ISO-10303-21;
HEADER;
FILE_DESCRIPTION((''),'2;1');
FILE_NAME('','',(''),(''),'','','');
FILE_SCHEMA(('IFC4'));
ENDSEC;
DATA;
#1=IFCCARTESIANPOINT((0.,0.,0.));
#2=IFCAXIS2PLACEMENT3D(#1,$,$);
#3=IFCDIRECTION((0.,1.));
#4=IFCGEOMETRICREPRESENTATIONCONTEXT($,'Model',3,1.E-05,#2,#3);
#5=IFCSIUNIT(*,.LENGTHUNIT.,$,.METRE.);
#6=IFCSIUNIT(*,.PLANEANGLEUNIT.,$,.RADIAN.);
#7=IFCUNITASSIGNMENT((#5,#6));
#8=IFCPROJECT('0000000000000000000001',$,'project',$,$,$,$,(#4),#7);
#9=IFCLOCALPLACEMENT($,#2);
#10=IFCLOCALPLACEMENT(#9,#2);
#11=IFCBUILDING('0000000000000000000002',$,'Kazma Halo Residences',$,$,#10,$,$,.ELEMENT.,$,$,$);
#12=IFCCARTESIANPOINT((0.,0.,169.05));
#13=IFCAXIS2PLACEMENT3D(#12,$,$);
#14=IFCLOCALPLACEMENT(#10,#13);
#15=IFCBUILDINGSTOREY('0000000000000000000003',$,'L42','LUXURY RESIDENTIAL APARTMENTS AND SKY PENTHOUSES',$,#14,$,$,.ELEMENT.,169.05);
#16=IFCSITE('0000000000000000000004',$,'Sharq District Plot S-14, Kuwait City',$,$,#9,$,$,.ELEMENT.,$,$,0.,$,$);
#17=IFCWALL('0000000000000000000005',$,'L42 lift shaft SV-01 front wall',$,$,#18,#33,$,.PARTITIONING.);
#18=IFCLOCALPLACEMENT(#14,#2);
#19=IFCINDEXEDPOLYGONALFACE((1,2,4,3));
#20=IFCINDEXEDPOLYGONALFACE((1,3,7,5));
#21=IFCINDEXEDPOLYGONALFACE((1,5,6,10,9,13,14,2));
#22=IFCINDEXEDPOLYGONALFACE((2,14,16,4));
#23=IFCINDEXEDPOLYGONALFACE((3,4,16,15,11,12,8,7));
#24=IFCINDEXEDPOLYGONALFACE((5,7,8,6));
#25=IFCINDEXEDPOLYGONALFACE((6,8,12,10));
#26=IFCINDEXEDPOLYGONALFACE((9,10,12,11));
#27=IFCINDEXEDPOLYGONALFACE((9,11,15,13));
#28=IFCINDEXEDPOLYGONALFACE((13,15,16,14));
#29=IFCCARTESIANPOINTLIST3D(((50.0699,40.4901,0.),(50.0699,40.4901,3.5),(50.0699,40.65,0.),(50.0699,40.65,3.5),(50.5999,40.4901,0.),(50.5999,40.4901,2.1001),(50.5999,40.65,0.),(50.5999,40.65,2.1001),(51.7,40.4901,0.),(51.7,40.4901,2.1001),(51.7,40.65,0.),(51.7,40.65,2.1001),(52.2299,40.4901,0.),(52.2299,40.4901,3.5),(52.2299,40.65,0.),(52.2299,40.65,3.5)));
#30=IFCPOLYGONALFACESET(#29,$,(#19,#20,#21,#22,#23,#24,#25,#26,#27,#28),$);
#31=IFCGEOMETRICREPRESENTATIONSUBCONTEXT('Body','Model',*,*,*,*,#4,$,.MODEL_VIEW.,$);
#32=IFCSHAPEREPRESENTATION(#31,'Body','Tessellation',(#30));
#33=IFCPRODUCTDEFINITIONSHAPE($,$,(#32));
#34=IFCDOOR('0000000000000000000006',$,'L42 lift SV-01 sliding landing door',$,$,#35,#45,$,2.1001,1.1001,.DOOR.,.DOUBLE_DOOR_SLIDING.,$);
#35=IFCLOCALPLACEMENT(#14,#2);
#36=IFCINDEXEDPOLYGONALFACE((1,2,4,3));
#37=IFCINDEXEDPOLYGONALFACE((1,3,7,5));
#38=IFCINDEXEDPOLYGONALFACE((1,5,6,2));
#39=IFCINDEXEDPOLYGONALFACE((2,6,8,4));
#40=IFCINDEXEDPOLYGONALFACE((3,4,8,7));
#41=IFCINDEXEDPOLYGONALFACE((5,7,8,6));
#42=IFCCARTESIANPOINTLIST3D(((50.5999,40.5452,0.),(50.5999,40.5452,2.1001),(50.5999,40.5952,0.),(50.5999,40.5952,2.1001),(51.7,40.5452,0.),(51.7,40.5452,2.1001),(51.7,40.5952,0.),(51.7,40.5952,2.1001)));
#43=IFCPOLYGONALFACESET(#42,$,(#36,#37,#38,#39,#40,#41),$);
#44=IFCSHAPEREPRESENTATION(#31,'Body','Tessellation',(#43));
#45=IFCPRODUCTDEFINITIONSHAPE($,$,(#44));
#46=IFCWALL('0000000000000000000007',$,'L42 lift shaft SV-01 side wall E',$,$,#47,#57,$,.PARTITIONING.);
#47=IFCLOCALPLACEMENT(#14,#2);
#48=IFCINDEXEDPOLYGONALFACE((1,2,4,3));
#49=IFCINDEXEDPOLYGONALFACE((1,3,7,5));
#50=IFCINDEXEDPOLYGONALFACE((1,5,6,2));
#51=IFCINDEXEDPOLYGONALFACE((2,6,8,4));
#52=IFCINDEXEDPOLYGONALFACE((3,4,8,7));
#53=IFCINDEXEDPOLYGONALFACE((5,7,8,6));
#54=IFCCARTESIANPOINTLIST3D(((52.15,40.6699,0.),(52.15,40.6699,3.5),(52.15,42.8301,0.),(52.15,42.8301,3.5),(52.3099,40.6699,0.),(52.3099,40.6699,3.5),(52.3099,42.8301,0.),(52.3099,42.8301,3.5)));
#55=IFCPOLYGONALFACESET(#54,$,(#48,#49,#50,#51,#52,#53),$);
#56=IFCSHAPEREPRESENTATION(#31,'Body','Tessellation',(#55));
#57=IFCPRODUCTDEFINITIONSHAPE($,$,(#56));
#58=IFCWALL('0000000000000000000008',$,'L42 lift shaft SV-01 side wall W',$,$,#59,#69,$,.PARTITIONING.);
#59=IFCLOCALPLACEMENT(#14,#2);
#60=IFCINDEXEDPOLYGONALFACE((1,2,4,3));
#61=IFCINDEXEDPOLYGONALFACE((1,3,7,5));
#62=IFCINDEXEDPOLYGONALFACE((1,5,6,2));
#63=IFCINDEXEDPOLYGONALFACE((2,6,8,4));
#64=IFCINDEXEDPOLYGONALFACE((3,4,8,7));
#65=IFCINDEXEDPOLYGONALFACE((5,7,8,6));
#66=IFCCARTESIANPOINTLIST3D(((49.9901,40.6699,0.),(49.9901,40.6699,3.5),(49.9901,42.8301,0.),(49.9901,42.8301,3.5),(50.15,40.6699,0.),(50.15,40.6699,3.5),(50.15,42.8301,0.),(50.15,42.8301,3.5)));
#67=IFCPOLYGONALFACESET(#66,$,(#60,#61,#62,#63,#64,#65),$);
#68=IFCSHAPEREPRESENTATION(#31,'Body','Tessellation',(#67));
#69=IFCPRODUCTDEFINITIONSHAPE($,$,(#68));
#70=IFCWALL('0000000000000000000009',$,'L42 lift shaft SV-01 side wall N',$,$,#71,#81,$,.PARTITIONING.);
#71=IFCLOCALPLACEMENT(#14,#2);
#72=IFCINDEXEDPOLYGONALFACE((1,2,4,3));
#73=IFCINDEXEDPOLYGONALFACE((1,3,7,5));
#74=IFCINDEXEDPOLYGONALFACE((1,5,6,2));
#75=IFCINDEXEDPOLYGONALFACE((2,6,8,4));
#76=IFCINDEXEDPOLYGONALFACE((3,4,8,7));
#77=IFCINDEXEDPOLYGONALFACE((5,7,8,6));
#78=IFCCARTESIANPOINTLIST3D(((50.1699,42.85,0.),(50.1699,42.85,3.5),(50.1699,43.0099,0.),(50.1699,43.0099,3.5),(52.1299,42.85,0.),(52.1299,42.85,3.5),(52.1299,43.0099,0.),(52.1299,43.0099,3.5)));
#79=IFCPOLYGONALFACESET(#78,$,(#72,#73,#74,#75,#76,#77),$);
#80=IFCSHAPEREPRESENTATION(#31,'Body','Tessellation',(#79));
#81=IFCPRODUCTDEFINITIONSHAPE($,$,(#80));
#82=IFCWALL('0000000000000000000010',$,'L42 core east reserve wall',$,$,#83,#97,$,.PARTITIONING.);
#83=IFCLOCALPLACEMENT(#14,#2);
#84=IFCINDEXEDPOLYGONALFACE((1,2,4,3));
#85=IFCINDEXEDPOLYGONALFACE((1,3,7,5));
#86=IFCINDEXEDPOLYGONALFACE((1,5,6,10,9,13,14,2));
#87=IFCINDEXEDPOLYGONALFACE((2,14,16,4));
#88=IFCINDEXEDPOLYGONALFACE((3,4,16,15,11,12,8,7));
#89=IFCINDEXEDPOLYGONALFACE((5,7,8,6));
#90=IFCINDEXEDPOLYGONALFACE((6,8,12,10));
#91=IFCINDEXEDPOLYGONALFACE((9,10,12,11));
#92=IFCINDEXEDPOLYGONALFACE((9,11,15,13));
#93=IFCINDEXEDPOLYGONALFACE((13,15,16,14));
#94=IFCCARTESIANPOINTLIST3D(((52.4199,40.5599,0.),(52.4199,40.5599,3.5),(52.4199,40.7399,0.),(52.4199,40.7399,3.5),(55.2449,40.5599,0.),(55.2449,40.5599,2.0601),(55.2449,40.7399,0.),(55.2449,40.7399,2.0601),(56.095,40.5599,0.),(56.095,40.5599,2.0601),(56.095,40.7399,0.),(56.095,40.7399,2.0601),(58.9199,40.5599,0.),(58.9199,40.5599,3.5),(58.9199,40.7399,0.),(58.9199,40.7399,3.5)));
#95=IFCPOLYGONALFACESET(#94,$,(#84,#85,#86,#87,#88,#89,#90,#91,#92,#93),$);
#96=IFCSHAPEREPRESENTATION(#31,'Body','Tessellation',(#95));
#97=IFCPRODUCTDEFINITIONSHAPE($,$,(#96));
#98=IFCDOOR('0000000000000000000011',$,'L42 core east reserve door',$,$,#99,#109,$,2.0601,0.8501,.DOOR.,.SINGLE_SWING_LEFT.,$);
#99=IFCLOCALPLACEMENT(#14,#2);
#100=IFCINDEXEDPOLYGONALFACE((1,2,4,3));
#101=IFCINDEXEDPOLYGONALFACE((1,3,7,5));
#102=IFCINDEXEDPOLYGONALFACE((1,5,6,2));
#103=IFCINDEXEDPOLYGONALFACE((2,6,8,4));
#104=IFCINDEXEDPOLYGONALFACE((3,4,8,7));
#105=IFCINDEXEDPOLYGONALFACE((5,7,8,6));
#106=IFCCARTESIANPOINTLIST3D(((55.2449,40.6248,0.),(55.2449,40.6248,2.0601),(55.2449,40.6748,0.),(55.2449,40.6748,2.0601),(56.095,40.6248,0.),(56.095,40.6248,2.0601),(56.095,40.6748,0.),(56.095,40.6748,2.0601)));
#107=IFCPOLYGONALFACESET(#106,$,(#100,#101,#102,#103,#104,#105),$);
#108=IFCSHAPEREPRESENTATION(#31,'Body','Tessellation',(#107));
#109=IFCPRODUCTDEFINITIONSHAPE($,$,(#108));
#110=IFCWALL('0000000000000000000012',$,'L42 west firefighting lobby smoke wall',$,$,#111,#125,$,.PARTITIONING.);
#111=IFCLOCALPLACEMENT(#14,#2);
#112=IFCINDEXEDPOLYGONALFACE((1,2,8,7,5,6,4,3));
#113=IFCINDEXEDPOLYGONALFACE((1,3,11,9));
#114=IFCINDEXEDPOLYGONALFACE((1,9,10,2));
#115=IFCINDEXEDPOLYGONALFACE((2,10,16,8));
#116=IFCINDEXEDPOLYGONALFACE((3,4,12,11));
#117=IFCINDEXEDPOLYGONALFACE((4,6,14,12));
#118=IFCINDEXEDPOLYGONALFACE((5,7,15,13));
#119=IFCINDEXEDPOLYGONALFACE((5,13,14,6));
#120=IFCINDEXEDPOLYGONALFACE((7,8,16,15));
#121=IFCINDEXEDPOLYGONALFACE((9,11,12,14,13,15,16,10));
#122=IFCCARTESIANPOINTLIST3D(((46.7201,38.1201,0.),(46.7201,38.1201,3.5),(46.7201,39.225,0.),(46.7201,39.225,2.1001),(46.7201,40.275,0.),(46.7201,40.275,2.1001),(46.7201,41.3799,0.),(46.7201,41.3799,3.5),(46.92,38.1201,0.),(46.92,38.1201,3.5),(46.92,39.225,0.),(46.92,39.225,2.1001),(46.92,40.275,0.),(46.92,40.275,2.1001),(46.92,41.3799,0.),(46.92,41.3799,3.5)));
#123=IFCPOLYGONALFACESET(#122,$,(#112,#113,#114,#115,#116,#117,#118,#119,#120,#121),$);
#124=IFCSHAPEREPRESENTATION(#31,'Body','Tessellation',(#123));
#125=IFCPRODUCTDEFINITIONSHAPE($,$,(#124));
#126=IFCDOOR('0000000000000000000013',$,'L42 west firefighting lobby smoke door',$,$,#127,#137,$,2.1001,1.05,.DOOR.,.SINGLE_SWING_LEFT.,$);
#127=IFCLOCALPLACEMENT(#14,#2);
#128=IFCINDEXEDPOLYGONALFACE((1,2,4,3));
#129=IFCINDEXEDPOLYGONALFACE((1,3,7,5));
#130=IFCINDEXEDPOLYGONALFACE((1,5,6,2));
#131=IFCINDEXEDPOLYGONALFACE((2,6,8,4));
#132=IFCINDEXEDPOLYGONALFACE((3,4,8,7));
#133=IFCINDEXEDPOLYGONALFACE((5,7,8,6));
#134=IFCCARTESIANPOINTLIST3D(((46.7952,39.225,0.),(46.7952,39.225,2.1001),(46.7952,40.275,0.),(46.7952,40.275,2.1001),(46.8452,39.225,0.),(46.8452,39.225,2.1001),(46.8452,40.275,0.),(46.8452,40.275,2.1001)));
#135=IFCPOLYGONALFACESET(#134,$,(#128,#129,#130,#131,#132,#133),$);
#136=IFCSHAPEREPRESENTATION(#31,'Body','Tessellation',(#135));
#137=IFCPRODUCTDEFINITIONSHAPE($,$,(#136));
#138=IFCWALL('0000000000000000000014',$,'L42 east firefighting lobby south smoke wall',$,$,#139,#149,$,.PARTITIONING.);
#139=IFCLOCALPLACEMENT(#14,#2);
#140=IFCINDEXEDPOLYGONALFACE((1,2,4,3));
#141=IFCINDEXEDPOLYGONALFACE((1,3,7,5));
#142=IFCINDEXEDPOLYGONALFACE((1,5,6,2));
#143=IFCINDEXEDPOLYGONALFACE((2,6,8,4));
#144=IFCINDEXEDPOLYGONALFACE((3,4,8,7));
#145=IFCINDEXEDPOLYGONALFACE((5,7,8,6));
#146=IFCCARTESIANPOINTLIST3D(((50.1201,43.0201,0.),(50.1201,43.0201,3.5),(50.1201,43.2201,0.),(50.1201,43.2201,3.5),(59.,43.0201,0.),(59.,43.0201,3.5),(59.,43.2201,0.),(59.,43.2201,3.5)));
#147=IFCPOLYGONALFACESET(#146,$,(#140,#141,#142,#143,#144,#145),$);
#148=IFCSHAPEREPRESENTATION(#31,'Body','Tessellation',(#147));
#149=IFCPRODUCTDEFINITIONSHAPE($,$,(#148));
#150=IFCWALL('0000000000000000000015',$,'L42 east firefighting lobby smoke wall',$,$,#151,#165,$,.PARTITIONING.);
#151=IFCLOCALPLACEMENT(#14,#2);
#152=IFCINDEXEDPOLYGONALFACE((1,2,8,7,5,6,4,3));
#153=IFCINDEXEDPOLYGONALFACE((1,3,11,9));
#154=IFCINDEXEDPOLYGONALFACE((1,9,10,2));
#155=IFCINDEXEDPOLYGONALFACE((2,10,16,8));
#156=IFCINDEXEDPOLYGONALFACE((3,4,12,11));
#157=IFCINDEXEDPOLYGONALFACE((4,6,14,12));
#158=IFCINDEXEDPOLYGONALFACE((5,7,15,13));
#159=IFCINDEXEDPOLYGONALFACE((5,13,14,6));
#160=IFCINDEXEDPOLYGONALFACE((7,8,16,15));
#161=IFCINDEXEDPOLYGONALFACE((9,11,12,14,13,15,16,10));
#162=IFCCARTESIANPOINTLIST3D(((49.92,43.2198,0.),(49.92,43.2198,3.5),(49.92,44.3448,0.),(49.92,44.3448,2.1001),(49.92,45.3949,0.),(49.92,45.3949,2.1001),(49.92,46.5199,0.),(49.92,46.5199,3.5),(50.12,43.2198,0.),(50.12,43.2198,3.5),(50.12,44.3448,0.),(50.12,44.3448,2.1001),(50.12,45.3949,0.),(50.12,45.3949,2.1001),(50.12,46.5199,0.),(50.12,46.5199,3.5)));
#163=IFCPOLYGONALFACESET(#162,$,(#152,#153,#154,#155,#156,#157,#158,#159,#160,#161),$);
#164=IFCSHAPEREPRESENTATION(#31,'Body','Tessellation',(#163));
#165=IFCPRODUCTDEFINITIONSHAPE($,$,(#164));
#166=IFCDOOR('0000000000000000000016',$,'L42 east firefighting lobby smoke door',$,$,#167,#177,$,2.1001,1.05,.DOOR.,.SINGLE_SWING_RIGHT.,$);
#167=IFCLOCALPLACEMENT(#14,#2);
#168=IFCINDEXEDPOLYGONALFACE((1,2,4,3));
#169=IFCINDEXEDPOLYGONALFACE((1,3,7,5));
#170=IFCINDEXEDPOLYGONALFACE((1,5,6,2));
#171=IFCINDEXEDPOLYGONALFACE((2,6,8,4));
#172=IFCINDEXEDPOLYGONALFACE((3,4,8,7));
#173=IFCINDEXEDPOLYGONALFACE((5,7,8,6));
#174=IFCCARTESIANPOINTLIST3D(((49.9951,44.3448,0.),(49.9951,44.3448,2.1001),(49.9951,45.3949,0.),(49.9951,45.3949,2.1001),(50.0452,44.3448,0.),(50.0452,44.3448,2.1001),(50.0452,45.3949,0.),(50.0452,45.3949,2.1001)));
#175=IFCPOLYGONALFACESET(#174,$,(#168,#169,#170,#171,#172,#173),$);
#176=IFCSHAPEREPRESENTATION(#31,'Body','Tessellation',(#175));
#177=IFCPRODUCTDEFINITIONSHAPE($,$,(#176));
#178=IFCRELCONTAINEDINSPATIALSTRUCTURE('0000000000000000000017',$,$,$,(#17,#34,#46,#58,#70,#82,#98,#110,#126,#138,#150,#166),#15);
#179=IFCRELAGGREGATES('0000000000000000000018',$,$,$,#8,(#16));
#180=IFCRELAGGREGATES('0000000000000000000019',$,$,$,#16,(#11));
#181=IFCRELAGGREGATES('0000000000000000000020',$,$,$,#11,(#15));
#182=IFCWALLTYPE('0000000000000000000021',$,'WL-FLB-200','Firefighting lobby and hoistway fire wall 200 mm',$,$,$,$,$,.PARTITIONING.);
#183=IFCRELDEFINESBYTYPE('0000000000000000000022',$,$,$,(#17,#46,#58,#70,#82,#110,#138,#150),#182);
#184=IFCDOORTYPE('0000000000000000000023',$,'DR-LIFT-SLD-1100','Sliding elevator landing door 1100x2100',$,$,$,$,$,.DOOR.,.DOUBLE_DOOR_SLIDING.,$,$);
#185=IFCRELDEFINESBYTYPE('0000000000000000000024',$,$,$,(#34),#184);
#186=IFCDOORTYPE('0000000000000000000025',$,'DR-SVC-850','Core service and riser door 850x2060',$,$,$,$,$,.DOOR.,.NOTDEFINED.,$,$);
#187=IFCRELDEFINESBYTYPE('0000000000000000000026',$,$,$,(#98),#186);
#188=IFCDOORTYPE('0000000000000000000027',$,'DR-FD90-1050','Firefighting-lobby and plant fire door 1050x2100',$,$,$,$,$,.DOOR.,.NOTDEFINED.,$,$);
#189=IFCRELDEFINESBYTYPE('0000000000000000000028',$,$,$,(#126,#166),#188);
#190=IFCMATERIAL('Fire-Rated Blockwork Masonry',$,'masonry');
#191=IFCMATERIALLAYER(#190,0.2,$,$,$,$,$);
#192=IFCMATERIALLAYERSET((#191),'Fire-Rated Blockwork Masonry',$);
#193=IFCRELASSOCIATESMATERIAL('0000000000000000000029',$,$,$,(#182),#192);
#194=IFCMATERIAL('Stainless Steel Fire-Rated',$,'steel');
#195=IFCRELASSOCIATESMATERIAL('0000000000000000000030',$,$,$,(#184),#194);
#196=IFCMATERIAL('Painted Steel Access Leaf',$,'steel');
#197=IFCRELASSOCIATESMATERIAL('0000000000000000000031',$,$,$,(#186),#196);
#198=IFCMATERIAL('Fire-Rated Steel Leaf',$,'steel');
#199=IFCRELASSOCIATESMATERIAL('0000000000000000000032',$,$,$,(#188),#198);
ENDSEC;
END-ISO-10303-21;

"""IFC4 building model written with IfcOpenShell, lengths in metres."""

from ifc_helpers import new_model, si_unit, direction, frame, frame_2d, origin, place, context, subcontext, project, spatial, rectangle, extrude, material, layer, layer_set, type_object, element, fill, save


model = new_model("IFC4")

# Units and contexts
model_context = context("Model", 3, precision=1e-05, world=origin(), true_north=direction((0.0, 1.0)))
body_context = subcontext(model_context, "Body", "Model", "MODEL_VIEW")
ifc_project = project(units=[si_unit("LENGTHUNIT", "METRE"), si_unit("PLANEANGLEUNIT", "RADIAN")], contexts=[model_context])

# Site, building, storey
site_placement = place(None, origin())
site = spatial("IfcSite", under=ifc_project, at=site_placement, Name="Sharq District Plot S-14, Kuwait City", CompositionType="ELEMENT", RefElevation=0.0)
building_placement = place(site_placement, origin())
building = spatial("IfcBuilding", under=site, at=building_placement, Name="Kazma Halo Residences", CompositionType="ELEMENT")
storey_placement = place(building_placement, frame((0.0, 0.0, 169.05)))
storey = spatial("IfcBuildingStorey", under=building, at=storey_placement, Name="L42", Description="LUXURY RESIDENTIAL APARTMENTS AND SKY PENTHOUSES", CompositionType="ELEMENT", Elevation=169.05)

# Shared definitions
ifc_material_1 = material(Name="Fire-Rated Blockwork Masonry", Category="masonry")
ifc_layer_1 = layer(ifc_material_1, 0.2)
ifc_layer_set_1 = layer_set([ifc_layer_1], Name="Fire-Rated Blockwork Masonry")
wall_type_1 = type_object("IfcWallType", Name="WL-FLB-200", Description="Firefighting lobby and hoistway fire wall 200 mm", PredefinedType="PARTITIONING", material=ifc_layer_set_1)

# Wall, opening, door
wall_1_placement = place(storey_placement, frame((52.23, 40.5701, 0.0), z_axis=(0.0, 0.0, 1.0), x_axis=(-1.0, 0.0, 0.0)))
wall_1 = element("IfcWall", 1, at=wall_1_placement, inside=storey, type_object=wall_type_1, Name="L42 lift shaft SV-01 front wall", PredefinedType="PARTITIONING", context=body_context, shape_type="SweptSolid", body=[
    extrude(rectangle(XDim=2.1599, YDim=0.1599, at=frame_2d((1.0801, 0.0))), origin(), (0.0, 0.0, 1.0), 3.5),
])
opening_1_placement = place(wall_1_placement, frame((0.53, 0.0, 0.0)))
opening_1 = element("IfcOpeningElement", 2, at=opening_1_placement, cuts=wall_1, PredefinedType="OPENING", context=body_context, shape_type="SweptSolid", body=[
    extrude(rectangle(XDim=1.1001, YDim=2.1001, at=frame_2d((0.55, 1.05))), frame((0.0, 0.0898, 0.0), z_axis=(0.0, -1.0, 0.0), x_axis=(1.0, 0.0, 0.0)), (0.0, 0.0, 1.0), 0.1799),
])
ifc_material_2 = material(Name="Stainless Steel Fire-Rated", Category="steel")
door_type_1 = type_object("IfcDoorType", Name="DR-LIFT-SLD-1100", Description="Sliding elevator landing door 1100x2100", OperationType="DOUBLE_DOOR_SLIDING", PredefinedType="DOOR", material=ifc_material_2)
door_1_placement = place(opening_1_placement, origin())
door_1 = element("IfcDoor", 3, at=door_1_placement, inside=storey, type_object=door_type_1, Name="L42 lift SV-01 sliding landing door", OperationType="DOUBLE_DOOR_SLIDING", OverallHeight=2.1001, OverallWidth=1.1001, PredefinedType="DOOR", context=body_context, shape_type="SweptSolid", body=[
    extrude(rectangle(XDim=1.1001, YDim=2.1001, at=frame_2d((0.55, 1.05))), frame((0.0, 0.0249, 0.0), z_axis=(0.0, -1.0, 0.0), x_axis=(1.0, 0.0, 0.0)), (0.0, 0.0, 1.0), 0.05),
])
fill(opening_1, door_1)

# Walls
for number, where, z_axis, x_axis, name in (
    (4, (52.23, 40.6699, 0.0), (0.0, 0.0, 1.0), (0.0, 1.0, 0.0), "L42 lift shaft SV-01 side wall E"),
    (5, (50.0701, 40.6699, 0.0), (0.0, 0.0, 1.0), (0.0, 1.0, 0.0), "L42 lift shaft SV-01 side wall W"),
):
    element("IfcWall", number, at=place(storey_placement, frame(where, z_axis=z_axis, x_axis=x_axis)), inside=storey, type_object=wall_type_1, Name=name, PredefinedType="PARTITIONING", context=body_context, shape_type="SweptSolid", body=[
        extrude(rectangle(XDim=2.1602, YDim=0.1599, at=frame_2d((1.0801, 0.0))), origin(), (0.0, 0.0, 1.0), 3.5),
    ])
wall_2_placement = place(storey_placement, frame((50.1699, 42.9299, 0.0), z_axis=(0.0, 0.0, 1.0), x_axis=(1.0, 0.0, 0.0)))
element("IfcWall", 6, at=wall_2_placement, inside=storey, type_object=wall_type_1, Name="L42 lift shaft SV-01 side wall N", PredefinedType="PARTITIONING", context=body_context, shape_type="SweptSolid", body=[
    extrude(rectangle(XDim=1.96, YDim=0.1599, at=frame_2d((0.98, 0.0))), origin(), (0.0, 0.0, 1.0), 3.5),
])

# Walls, openings, doors
wall_3_placement = place(storey_placement, frame((52.4199, 40.6499, 0.0), z_axis=(0.0, 0.0, 1.0), x_axis=(1.0, 0.0, 0.0)))
wall_3 = element("IfcWall", 7, at=wall_3_placement, inside=storey, type_object=wall_type_1, Name="L42 core east reserve wall", PredefinedType="PARTITIONING", context=body_context, shape_type="SweptSolid", body=[
    extrude(rectangle(XDim=6.5, YDim=0.1799, at=frame_2d((3.25, 0.0))), origin(), (0.0, 0.0, 1.0), 3.5),
])
opening_2_placement = place(wall_3_placement, frame((2.825, 0.0, 0.0)))
opening_2 = element("IfcOpeningElement", 8, at=opening_2_placement, cuts=wall_3, PredefinedType="OPENING", context=body_context, shape_type="SweptSolid", body=[
    extrude(rectangle(XDim=0.8501, YDim=2.0601, at=frame_2d((0.425, 1.03))), frame((0.0, 0.0999, 0.0), z_axis=(0.0, -1.0, 0.0), x_axis=(1.0, 0.0, 0.0)), (0.0, 0.0, 1.0), 0.2),
])
ifc_material_3 = material(Name="Painted Steel Access Leaf", Category="steel")
door_type_2 = type_object("IfcDoorType", Name="DR-SVC-850", Description="Core service and riser door 850x2060", OperationType="NOTDEFINED", PredefinedType="DOOR", material=ifc_material_3)
door_2_placement = place(opening_2_placement, origin())
door_2 = element("IfcDoor", 9, at=door_2_placement, inside=storey, type_object=door_type_2, Name="L42 core east reserve door", OperationType="SINGLE_SWING_LEFT", OverallHeight=2.0601, OverallWidth=0.8501, PredefinedType="DOOR", context=body_context, shape_type="SweptSolid", body=[
    extrude(rectangle(XDim=0.8501, YDim=2.0601, at=frame_2d((0.425, 1.03))), frame((0.0, 0.0249, 0.0), z_axis=(0.0, -1.0, 0.0), x_axis=(1.0, 0.0, 0.0)), (0.0, 0.0, 1.0), 0.05),
])
fill(opening_2, door_2)
wall_4_placement = place(storey_placement, frame((46.8201, 38.1201, 0.0), z_axis=(0.0, 0.0, 1.0), x_axis=(0.0, 1.0, 0.0)))
wall_4 = element("IfcWall", 10, at=wall_4_placement, inside=storey, type_object=wall_type_1, Name="L42 west firefighting lobby smoke wall", PredefinedType="PARTITIONING", context=body_context, shape_type="SweptSolid", body=[
    extrude(rectangle(XDim=3.2598, YDim=0.2, at=frame_2d((1.6299, 0.0))), origin(), (0.0, 0.0, 1.0), 3.5),
])
opening_3_placement = place(wall_4_placement, frame((1.105, 0.0, 0.0)))
opening_3 = element("IfcOpeningElement", 11, at=opening_3_placement, cuts=wall_4, PredefinedType="OPENING", context=body_context, shape_type="SweptSolid", body=[
    extrude(rectangle(XDim=1.05, YDim=2.1001, at=frame_2d((0.5249, 1.05))), frame((0.0, 0.1099, 0.0), z_axis=(0.0, -1.0, 0.0), x_axis=(1.0, 0.0, 0.0)), (0.0, 0.0, 1.0), 0.22),
])
ifc_material_4 = material(Name="Fire-Rated Steel Leaf", Category="steel")
door_type_3 = type_object("IfcDoorType", Name="DR-FD90-1050", Description="Firefighting-lobby and plant fire door 1050x2100", OperationType="NOTDEFINED", PredefinedType="DOOR", material=ifc_material_4)
door_3_placement = place(opening_3_placement, origin())
door_3 = element("IfcDoor", 12, at=door_3_placement, inside=storey, type_object=door_type_3, Name="L42 west firefighting lobby smoke door", OperationType="SINGLE_SWING_LEFT", OverallHeight=2.1001, OverallWidth=1.05, PredefinedType="DOOR", context=body_context, shape_type="SweptSolid", body=[
    extrude(rectangle(XDim=1.05, YDim=2.1001, at=frame_2d((0.5249, 1.05))), frame((0.0, 0.0249, 0.0), z_axis=(0.0, -1.0, 0.0), x_axis=(1.0, 0.0, 0.0)), (0.0, 0.0, 1.0), 0.05),
])
fill(opening_3, door_3)

# Wall
wall_5_placement = place(storey_placement, frame((50.1201, 43.1201, 0.0), z_axis=(0.0, 0.0, 1.0), x_axis=(1.0, 0.0, 0.0)))
element("IfcWall", 13, at=wall_5_placement, inside=storey, type_object=wall_type_1, Name="L42 east firefighting lobby south smoke wall", PredefinedType="PARTITIONING", context=body_context, shape_type="SweptSolid", body=[
    extrude(rectangle(XDim=8.8799, YDim=0.2, at=frame_2d((4.4399, 0.0))), origin(), (0.0, 0.0, 1.0), 3.5),
])

# Wall, opening, door
wall_6_placement = place(storey_placement, frame((50.02, 43.22, 0.0), z_axis=(0.0, 0.0, 1.0), x_axis=(0.0, 1.0, 0.0)))
wall_6 = element("IfcWall", 14, at=wall_6_placement, inside=storey, type_object=wall_type_1, Name="L42 east firefighting lobby smoke wall", PredefinedType="PARTITIONING", context=body_context, shape_type="SweptSolid", body=[
    extrude(rectangle(XDim=3.3, YDim=0.2, at=frame_2d((1.6499, 0.0))), origin(), (0.0, 0.0, 1.0), 3.5),
])
opening_4_placement = place(wall_6_placement, frame((1.125, 0.0, 0.0)))
opening_4 = element("IfcOpeningElement", 15, at=opening_4_placement, cuts=wall_6, PredefinedType="OPENING", context=body_context, shape_type="SweptSolid", body=[
    extrude(rectangle(XDim=1.05, YDim=2.1001, at=frame_2d((0.5249, 1.05))), frame((0.0, 0.1099, 0.0), z_axis=(0.0, -1.0, 0.0), x_axis=(1.0, 0.0, 0.0)), (0.0, 0.0, 1.0), 0.22),
])
door_4_placement = place(opening_4_placement, origin())
door_4 = element("IfcDoor", 16, at=door_4_placement, inside=storey, type_object=door_type_3, Name="L42 east firefighting lobby smoke door", OperationType="SINGLE_SWING_RIGHT", OverallHeight=2.1001, OverallWidth=1.05, PredefinedType="DOOR", context=body_context, shape_type="SweptSolid", body=[
    extrude(rectangle(XDim=1.05, YDim=2.1001, at=frame_2d((0.5249, 1.05))), frame((0.0, 0.0249, 0.0), z_axis=(0.0, -1.0, 0.0), x_axis=(1.0, 0.0, 0.0)), (0.0, 0.0, 1.0), 0.05),
])
fill(opening_4, door_4)

save(model, "model.ifc")
